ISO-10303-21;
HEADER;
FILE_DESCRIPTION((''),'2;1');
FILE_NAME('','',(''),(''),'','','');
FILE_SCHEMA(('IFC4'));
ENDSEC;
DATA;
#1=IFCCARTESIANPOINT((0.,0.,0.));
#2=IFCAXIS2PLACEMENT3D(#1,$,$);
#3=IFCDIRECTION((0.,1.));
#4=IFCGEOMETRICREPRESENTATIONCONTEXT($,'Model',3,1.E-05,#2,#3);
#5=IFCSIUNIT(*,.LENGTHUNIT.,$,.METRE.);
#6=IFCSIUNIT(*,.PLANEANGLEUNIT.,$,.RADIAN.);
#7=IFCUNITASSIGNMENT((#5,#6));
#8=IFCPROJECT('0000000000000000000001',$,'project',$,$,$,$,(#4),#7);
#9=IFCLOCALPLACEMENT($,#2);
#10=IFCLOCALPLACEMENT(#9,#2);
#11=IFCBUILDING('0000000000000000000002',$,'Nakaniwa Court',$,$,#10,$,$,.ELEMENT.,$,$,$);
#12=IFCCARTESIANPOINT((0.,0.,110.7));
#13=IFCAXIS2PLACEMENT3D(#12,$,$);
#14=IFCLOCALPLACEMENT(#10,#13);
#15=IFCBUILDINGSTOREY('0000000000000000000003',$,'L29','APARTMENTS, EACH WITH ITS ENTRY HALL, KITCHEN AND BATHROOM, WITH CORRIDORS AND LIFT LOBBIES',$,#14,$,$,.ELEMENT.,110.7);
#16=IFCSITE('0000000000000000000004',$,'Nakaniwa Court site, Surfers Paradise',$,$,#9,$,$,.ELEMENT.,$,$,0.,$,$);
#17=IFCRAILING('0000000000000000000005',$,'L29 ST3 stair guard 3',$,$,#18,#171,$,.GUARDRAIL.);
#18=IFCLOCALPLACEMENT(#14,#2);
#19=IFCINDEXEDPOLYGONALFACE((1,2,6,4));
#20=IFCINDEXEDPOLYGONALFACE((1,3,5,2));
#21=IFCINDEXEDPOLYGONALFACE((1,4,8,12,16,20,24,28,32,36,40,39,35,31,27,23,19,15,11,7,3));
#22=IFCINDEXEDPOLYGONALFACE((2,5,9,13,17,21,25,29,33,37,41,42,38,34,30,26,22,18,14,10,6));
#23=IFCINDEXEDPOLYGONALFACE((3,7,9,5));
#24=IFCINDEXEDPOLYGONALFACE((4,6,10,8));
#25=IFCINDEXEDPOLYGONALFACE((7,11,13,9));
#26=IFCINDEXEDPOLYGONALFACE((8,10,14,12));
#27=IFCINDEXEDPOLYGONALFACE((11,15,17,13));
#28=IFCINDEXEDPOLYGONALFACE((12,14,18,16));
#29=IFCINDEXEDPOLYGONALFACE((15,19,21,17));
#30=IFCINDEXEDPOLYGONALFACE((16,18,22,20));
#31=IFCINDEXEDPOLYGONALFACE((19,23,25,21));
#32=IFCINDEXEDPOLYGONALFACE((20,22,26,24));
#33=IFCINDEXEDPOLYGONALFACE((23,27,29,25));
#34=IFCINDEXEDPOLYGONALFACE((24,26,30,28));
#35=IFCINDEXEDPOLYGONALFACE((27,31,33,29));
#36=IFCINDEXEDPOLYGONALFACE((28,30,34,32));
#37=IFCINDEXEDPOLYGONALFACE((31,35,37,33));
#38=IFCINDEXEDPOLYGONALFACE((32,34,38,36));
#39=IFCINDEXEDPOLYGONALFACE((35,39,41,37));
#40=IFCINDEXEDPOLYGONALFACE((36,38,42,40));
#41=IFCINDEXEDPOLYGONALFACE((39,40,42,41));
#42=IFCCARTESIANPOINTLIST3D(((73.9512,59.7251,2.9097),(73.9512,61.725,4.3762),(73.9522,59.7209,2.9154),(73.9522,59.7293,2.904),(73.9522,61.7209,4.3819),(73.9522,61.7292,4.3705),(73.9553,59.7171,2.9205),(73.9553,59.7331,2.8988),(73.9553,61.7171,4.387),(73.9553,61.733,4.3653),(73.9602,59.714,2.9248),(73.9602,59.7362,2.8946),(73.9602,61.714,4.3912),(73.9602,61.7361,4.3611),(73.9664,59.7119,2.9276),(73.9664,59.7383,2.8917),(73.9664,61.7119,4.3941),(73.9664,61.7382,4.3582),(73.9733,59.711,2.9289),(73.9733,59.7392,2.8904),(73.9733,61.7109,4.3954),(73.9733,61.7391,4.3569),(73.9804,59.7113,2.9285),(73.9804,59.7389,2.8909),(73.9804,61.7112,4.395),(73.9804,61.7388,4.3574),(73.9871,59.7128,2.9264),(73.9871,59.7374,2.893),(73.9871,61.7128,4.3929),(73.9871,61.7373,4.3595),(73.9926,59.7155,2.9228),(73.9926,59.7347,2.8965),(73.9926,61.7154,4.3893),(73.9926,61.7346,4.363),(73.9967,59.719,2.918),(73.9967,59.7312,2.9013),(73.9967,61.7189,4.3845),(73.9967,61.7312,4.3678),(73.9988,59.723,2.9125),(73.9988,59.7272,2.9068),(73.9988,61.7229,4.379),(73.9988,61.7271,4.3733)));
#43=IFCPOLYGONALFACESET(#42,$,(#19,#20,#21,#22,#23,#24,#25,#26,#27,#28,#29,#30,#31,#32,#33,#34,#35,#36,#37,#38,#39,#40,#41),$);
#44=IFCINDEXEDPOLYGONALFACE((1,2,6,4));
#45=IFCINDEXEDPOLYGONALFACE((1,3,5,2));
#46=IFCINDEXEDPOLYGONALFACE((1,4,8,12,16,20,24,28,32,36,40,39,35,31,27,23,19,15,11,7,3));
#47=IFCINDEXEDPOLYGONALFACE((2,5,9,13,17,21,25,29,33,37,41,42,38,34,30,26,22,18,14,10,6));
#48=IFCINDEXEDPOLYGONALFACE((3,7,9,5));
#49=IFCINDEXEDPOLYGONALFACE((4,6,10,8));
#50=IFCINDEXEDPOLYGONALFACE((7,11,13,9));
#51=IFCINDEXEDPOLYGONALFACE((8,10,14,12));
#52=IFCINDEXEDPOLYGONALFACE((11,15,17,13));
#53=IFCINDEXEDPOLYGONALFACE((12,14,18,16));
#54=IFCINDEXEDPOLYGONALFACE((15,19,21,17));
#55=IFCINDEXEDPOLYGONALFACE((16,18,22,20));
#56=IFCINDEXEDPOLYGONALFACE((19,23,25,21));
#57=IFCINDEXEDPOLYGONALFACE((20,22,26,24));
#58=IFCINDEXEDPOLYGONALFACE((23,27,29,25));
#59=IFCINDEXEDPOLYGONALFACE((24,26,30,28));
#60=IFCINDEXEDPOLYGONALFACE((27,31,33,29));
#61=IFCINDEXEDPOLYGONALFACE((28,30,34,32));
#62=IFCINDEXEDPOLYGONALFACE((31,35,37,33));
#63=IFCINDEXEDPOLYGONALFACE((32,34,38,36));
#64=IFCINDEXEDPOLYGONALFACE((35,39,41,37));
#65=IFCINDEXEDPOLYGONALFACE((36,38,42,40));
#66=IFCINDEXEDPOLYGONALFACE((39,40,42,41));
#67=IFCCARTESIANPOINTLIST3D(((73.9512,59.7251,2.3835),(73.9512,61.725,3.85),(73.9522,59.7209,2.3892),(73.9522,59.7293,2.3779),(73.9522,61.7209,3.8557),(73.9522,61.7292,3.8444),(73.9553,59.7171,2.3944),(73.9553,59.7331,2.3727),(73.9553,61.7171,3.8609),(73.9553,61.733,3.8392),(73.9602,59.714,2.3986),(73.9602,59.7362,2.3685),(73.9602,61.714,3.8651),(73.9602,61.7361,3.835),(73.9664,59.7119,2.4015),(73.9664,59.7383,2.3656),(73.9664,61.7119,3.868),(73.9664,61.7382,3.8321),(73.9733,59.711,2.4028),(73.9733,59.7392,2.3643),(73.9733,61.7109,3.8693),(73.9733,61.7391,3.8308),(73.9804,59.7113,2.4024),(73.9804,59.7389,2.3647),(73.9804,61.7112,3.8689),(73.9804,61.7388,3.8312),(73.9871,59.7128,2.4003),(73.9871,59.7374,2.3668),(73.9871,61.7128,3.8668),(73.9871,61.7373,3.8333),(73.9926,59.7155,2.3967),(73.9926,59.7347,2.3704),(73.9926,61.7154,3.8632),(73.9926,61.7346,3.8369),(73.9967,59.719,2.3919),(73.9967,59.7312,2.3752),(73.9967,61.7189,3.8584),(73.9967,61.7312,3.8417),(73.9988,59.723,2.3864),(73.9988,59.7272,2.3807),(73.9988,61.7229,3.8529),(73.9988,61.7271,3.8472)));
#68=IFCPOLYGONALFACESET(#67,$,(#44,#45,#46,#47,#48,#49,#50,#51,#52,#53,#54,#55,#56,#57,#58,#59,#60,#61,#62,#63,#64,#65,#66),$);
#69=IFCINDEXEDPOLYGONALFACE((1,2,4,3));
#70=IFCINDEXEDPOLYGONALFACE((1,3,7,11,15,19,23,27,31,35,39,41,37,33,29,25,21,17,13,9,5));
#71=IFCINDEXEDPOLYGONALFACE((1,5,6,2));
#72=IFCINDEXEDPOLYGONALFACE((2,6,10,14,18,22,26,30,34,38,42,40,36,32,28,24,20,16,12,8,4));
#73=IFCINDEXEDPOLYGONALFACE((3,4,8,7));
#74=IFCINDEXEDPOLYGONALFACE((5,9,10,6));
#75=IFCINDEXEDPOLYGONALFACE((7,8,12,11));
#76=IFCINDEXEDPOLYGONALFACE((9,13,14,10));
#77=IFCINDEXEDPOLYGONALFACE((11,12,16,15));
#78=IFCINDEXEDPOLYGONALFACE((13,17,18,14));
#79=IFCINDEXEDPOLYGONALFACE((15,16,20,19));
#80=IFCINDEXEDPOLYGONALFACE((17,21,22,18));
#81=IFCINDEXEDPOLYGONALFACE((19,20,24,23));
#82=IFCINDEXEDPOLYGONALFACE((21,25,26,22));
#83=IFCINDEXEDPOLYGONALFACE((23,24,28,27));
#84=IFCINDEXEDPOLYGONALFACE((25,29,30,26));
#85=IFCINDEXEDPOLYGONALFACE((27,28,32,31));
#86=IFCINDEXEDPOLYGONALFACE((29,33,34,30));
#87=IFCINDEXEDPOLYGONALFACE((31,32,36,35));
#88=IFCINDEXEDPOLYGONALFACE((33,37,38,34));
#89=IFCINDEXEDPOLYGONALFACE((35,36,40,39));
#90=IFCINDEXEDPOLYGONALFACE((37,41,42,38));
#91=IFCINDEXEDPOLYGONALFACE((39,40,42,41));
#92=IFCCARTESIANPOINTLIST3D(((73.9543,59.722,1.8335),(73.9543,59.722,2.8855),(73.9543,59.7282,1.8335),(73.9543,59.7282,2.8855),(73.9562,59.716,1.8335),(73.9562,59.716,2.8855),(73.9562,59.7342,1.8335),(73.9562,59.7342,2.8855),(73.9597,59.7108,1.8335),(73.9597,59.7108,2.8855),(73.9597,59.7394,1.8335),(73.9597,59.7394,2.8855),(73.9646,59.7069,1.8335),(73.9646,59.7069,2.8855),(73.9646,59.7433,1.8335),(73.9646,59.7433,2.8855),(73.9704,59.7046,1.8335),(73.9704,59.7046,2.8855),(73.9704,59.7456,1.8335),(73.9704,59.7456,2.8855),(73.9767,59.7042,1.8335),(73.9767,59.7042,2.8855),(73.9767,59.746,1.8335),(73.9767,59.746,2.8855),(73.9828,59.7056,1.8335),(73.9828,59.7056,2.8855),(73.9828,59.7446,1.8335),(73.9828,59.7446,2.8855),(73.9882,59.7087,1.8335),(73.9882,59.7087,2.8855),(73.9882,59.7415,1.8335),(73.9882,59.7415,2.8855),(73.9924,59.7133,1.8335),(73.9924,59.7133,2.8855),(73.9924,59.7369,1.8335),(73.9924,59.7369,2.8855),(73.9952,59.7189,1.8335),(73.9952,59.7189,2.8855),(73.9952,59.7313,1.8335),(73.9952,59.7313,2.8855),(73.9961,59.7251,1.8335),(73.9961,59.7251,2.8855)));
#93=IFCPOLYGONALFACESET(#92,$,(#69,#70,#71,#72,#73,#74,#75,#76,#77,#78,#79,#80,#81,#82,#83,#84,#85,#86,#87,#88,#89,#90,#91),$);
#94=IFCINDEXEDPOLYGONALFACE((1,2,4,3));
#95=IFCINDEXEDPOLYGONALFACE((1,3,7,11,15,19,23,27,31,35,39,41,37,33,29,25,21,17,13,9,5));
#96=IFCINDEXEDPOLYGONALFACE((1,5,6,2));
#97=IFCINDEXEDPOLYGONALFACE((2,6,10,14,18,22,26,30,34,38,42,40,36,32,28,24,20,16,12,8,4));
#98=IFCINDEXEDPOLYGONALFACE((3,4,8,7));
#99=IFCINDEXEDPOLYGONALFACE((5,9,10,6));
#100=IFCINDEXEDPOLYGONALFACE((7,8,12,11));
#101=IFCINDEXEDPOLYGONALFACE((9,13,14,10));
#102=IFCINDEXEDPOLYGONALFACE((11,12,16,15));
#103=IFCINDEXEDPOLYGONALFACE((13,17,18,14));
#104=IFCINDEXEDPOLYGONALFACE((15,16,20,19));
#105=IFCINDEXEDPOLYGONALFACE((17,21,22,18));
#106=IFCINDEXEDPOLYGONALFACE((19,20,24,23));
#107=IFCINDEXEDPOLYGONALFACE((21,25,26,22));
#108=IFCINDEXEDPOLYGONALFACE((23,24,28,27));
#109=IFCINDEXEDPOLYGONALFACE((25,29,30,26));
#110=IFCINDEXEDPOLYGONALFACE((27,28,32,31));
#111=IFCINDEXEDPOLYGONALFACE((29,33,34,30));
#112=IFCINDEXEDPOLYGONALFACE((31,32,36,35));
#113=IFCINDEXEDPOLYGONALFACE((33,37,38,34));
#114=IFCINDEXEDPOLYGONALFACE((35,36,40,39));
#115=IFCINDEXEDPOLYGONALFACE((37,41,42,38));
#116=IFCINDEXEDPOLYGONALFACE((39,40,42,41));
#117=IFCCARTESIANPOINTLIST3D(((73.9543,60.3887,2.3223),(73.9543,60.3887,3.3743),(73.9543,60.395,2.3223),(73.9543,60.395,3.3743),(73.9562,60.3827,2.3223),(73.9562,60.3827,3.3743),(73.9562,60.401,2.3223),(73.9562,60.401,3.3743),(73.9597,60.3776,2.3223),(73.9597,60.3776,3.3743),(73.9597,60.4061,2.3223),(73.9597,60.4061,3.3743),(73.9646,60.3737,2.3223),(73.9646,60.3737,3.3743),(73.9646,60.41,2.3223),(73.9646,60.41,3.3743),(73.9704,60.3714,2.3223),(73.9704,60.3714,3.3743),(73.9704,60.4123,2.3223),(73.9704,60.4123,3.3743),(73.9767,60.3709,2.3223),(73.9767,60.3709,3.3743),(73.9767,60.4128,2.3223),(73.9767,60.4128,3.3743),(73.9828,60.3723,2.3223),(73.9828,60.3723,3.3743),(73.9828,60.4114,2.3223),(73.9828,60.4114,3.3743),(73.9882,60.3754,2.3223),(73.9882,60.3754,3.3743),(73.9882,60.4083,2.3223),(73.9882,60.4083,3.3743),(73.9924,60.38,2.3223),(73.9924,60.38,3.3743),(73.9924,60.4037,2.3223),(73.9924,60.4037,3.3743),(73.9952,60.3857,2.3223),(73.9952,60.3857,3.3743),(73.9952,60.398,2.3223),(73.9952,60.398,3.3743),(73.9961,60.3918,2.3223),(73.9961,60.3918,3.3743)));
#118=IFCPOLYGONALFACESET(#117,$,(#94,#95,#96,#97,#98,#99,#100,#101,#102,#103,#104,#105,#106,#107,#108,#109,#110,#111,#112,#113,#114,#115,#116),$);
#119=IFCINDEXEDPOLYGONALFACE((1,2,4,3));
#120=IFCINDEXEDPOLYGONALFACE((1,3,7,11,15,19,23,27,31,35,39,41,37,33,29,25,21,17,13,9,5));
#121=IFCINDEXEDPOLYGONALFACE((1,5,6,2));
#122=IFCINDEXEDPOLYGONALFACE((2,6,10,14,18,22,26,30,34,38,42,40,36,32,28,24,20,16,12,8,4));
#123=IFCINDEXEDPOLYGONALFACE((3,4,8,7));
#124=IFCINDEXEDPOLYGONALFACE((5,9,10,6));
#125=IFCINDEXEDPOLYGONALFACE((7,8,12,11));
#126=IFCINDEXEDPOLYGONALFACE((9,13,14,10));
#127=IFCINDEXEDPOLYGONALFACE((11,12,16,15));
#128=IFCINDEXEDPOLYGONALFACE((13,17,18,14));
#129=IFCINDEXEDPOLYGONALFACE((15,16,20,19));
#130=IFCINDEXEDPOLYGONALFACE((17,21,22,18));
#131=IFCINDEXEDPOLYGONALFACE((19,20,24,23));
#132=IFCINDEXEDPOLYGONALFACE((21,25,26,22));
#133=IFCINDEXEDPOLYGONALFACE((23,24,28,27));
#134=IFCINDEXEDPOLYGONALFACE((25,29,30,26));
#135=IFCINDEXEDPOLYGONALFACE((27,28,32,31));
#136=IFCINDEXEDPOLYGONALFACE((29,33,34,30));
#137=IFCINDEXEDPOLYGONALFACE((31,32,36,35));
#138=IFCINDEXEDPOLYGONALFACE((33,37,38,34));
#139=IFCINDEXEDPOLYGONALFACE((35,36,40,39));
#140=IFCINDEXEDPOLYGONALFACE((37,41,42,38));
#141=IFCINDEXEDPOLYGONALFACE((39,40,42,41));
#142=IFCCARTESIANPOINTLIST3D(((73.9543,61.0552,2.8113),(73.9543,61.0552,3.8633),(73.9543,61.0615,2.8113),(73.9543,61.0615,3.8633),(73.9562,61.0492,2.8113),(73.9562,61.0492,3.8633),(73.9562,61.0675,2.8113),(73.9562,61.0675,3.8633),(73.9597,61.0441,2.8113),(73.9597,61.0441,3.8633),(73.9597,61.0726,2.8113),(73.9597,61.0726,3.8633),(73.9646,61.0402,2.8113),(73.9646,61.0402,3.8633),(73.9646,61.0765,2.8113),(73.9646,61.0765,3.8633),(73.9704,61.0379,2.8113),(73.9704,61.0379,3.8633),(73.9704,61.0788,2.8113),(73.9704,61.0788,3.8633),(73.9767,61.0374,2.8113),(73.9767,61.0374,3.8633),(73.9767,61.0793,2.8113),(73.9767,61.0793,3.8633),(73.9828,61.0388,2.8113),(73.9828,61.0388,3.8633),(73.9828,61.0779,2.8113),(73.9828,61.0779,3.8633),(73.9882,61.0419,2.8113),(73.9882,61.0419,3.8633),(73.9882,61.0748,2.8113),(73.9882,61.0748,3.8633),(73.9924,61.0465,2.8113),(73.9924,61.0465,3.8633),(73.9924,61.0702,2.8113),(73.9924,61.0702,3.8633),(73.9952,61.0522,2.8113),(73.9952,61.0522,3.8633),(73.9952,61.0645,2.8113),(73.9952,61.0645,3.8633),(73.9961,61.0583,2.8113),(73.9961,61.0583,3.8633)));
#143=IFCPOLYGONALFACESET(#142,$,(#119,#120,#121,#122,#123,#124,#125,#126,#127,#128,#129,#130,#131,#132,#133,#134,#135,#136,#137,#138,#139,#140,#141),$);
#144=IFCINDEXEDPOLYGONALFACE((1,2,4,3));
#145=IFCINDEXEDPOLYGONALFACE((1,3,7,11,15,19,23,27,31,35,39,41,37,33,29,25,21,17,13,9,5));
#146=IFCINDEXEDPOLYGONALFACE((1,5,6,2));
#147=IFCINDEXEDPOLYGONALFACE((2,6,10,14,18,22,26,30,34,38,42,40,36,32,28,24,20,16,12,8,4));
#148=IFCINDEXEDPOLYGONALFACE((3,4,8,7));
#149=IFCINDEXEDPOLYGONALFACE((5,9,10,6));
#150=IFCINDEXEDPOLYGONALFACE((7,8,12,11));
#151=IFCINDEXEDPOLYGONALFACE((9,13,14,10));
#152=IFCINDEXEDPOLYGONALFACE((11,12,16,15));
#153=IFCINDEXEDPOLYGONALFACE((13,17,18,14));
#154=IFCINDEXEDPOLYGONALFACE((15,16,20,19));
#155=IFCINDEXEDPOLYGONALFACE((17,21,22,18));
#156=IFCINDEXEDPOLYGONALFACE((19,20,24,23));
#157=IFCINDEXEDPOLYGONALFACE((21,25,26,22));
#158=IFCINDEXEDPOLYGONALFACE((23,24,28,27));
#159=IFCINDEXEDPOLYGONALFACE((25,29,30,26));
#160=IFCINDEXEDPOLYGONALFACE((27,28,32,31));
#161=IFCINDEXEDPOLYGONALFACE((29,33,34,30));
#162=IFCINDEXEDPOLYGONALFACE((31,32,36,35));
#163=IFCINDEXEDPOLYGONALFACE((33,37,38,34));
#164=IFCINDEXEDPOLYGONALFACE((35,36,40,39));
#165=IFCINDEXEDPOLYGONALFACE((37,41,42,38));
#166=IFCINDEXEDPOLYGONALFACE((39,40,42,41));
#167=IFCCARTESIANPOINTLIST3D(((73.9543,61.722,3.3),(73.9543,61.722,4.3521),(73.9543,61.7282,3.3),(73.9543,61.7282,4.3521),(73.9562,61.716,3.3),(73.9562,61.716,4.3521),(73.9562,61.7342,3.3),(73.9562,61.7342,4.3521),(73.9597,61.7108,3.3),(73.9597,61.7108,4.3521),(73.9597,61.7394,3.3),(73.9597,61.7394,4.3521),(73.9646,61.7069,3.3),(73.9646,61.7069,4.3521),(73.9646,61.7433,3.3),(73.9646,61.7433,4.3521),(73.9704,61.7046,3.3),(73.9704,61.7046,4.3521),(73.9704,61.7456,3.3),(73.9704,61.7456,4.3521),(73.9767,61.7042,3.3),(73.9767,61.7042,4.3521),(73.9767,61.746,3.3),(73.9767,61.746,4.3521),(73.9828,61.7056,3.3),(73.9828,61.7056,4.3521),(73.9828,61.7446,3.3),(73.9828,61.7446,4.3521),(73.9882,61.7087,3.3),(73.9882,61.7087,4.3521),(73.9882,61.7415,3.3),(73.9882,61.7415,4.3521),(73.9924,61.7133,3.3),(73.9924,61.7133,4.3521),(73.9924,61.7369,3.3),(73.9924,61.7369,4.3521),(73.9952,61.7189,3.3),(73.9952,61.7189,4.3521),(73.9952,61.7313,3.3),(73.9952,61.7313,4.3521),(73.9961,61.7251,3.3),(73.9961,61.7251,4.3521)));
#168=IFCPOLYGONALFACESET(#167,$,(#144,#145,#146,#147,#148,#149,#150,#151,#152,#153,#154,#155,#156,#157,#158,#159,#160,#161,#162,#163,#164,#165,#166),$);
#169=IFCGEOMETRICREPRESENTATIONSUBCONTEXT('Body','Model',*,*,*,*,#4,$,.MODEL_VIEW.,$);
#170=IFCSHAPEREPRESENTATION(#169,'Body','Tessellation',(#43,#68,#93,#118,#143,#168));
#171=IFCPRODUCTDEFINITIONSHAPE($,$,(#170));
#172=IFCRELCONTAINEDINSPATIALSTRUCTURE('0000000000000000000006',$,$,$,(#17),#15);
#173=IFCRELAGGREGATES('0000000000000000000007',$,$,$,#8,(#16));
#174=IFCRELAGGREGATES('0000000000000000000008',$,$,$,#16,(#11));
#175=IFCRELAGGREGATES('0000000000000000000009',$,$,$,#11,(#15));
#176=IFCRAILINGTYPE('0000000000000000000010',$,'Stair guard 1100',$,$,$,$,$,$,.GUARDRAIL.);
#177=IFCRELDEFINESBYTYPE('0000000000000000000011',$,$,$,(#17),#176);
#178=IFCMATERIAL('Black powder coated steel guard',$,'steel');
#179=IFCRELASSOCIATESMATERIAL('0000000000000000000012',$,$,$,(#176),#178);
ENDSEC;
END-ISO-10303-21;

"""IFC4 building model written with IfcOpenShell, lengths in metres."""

from ifc_helpers import new_model, si_unit, direction, frame, origin, origin_2d, place, context, subcontext, project, spatial, circle, extrude, material, type_object, element, save


model = new_model("IFC4")

# Units and contexts
model_context = context("Model", 3, precision=1e-05, world=origin(), true_north=direction((0.0, 1.0)))
body_context = subcontext(model_context, "Body", "Model", "MODEL_VIEW")
ifc_project = project(units=[si_unit("LENGTHUNIT", "METRE"), si_unit("PLANEANGLEUNIT", "RADIAN")], contexts=[model_context])

# Site, building, storey
site_placement = place(None, origin())
site = spatial("IfcSite", under=ifc_project, at=site_placement, Name="Nakaniwa Court site, Surfers Paradise", CompositionType="ELEMENT", RefElevation=0.0)
building_placement = place(site_placement, origin())
building = spatial("IfcBuilding", under=site, at=building_placement, Name="Nakaniwa Court", CompositionType="ELEMENT")
storey_placement = place(building_placement, frame((0.0, 0.0, 110.7)))
storey = spatial("IfcBuildingStorey", under=building, at=storey_placement, Name="L29", Description="APARTMENTS, EACH WITH ITS ENTRY HALL, KITCHEN AND BATHROOM, WITH CORRIDORS AND LIFT LOBBIES", CompositionType="ELEMENT", Elevation=110.7)

# Railing
ifc_material_1 = material(Name="Black powder coated steel guard", Category="steel")
railing_type_1 = type_object("IfcRailingType", Name="Stair guard 1100", PredefinedType="GUARDRAIL", material=ifc_material_1)
railing_1_placement = place(storey_placement, frame((73.9751, 59.7251, 1.8335)))
element("IfcRailing", 1, at=railing_1_placement, inside=storey, type_object=railing_type_1, Name="L29 ST3 stair guard 3", PredefinedType="GUARDRAIL", context=body_context, shape_type="SweptSolid", body=[
    extrude(circle(Radius=0.0239, at=origin_2d()), frame((0.0, 0.0, 1.0762), z_axis=(0.0, 0.806427, 0.591334), x_axis=(-1.0, 0.0, 0.0)), (0.0, 0.0, 1.0), 2.48),
    extrude(circle(Radius=0.0239, at=origin_2d()), frame((0.0, 0.0, 0.55), z_axis=(0.0, 0.806427, 0.591334), x_axis=(-1.0, 0.0, 0.0)), (0.0, 0.0, 1.0), 2.48),
    extrude(circle(Radius=0.021, at=origin_2d()), origin(), (0.0, 0.0, 1.0), 1.052),
    extrude(circle(Radius=0.021, at=origin_2d()), frame((0.0, 0.6667, 0.4888)), (0.0, 0.0, 1.0), 1.052),
    extrude(circle(Radius=0.021, at=origin_2d()), frame((0.0, 1.3333, 0.9778)), (0.0, 0.0, 1.0), 1.052),
    extrude(circle(Radius=0.021, at=origin_2d()), frame((0.0, 2.0, 1.4666)), (0.0, 0.0, 1.0), 1.052),
])

save(model, "model.ifc")
